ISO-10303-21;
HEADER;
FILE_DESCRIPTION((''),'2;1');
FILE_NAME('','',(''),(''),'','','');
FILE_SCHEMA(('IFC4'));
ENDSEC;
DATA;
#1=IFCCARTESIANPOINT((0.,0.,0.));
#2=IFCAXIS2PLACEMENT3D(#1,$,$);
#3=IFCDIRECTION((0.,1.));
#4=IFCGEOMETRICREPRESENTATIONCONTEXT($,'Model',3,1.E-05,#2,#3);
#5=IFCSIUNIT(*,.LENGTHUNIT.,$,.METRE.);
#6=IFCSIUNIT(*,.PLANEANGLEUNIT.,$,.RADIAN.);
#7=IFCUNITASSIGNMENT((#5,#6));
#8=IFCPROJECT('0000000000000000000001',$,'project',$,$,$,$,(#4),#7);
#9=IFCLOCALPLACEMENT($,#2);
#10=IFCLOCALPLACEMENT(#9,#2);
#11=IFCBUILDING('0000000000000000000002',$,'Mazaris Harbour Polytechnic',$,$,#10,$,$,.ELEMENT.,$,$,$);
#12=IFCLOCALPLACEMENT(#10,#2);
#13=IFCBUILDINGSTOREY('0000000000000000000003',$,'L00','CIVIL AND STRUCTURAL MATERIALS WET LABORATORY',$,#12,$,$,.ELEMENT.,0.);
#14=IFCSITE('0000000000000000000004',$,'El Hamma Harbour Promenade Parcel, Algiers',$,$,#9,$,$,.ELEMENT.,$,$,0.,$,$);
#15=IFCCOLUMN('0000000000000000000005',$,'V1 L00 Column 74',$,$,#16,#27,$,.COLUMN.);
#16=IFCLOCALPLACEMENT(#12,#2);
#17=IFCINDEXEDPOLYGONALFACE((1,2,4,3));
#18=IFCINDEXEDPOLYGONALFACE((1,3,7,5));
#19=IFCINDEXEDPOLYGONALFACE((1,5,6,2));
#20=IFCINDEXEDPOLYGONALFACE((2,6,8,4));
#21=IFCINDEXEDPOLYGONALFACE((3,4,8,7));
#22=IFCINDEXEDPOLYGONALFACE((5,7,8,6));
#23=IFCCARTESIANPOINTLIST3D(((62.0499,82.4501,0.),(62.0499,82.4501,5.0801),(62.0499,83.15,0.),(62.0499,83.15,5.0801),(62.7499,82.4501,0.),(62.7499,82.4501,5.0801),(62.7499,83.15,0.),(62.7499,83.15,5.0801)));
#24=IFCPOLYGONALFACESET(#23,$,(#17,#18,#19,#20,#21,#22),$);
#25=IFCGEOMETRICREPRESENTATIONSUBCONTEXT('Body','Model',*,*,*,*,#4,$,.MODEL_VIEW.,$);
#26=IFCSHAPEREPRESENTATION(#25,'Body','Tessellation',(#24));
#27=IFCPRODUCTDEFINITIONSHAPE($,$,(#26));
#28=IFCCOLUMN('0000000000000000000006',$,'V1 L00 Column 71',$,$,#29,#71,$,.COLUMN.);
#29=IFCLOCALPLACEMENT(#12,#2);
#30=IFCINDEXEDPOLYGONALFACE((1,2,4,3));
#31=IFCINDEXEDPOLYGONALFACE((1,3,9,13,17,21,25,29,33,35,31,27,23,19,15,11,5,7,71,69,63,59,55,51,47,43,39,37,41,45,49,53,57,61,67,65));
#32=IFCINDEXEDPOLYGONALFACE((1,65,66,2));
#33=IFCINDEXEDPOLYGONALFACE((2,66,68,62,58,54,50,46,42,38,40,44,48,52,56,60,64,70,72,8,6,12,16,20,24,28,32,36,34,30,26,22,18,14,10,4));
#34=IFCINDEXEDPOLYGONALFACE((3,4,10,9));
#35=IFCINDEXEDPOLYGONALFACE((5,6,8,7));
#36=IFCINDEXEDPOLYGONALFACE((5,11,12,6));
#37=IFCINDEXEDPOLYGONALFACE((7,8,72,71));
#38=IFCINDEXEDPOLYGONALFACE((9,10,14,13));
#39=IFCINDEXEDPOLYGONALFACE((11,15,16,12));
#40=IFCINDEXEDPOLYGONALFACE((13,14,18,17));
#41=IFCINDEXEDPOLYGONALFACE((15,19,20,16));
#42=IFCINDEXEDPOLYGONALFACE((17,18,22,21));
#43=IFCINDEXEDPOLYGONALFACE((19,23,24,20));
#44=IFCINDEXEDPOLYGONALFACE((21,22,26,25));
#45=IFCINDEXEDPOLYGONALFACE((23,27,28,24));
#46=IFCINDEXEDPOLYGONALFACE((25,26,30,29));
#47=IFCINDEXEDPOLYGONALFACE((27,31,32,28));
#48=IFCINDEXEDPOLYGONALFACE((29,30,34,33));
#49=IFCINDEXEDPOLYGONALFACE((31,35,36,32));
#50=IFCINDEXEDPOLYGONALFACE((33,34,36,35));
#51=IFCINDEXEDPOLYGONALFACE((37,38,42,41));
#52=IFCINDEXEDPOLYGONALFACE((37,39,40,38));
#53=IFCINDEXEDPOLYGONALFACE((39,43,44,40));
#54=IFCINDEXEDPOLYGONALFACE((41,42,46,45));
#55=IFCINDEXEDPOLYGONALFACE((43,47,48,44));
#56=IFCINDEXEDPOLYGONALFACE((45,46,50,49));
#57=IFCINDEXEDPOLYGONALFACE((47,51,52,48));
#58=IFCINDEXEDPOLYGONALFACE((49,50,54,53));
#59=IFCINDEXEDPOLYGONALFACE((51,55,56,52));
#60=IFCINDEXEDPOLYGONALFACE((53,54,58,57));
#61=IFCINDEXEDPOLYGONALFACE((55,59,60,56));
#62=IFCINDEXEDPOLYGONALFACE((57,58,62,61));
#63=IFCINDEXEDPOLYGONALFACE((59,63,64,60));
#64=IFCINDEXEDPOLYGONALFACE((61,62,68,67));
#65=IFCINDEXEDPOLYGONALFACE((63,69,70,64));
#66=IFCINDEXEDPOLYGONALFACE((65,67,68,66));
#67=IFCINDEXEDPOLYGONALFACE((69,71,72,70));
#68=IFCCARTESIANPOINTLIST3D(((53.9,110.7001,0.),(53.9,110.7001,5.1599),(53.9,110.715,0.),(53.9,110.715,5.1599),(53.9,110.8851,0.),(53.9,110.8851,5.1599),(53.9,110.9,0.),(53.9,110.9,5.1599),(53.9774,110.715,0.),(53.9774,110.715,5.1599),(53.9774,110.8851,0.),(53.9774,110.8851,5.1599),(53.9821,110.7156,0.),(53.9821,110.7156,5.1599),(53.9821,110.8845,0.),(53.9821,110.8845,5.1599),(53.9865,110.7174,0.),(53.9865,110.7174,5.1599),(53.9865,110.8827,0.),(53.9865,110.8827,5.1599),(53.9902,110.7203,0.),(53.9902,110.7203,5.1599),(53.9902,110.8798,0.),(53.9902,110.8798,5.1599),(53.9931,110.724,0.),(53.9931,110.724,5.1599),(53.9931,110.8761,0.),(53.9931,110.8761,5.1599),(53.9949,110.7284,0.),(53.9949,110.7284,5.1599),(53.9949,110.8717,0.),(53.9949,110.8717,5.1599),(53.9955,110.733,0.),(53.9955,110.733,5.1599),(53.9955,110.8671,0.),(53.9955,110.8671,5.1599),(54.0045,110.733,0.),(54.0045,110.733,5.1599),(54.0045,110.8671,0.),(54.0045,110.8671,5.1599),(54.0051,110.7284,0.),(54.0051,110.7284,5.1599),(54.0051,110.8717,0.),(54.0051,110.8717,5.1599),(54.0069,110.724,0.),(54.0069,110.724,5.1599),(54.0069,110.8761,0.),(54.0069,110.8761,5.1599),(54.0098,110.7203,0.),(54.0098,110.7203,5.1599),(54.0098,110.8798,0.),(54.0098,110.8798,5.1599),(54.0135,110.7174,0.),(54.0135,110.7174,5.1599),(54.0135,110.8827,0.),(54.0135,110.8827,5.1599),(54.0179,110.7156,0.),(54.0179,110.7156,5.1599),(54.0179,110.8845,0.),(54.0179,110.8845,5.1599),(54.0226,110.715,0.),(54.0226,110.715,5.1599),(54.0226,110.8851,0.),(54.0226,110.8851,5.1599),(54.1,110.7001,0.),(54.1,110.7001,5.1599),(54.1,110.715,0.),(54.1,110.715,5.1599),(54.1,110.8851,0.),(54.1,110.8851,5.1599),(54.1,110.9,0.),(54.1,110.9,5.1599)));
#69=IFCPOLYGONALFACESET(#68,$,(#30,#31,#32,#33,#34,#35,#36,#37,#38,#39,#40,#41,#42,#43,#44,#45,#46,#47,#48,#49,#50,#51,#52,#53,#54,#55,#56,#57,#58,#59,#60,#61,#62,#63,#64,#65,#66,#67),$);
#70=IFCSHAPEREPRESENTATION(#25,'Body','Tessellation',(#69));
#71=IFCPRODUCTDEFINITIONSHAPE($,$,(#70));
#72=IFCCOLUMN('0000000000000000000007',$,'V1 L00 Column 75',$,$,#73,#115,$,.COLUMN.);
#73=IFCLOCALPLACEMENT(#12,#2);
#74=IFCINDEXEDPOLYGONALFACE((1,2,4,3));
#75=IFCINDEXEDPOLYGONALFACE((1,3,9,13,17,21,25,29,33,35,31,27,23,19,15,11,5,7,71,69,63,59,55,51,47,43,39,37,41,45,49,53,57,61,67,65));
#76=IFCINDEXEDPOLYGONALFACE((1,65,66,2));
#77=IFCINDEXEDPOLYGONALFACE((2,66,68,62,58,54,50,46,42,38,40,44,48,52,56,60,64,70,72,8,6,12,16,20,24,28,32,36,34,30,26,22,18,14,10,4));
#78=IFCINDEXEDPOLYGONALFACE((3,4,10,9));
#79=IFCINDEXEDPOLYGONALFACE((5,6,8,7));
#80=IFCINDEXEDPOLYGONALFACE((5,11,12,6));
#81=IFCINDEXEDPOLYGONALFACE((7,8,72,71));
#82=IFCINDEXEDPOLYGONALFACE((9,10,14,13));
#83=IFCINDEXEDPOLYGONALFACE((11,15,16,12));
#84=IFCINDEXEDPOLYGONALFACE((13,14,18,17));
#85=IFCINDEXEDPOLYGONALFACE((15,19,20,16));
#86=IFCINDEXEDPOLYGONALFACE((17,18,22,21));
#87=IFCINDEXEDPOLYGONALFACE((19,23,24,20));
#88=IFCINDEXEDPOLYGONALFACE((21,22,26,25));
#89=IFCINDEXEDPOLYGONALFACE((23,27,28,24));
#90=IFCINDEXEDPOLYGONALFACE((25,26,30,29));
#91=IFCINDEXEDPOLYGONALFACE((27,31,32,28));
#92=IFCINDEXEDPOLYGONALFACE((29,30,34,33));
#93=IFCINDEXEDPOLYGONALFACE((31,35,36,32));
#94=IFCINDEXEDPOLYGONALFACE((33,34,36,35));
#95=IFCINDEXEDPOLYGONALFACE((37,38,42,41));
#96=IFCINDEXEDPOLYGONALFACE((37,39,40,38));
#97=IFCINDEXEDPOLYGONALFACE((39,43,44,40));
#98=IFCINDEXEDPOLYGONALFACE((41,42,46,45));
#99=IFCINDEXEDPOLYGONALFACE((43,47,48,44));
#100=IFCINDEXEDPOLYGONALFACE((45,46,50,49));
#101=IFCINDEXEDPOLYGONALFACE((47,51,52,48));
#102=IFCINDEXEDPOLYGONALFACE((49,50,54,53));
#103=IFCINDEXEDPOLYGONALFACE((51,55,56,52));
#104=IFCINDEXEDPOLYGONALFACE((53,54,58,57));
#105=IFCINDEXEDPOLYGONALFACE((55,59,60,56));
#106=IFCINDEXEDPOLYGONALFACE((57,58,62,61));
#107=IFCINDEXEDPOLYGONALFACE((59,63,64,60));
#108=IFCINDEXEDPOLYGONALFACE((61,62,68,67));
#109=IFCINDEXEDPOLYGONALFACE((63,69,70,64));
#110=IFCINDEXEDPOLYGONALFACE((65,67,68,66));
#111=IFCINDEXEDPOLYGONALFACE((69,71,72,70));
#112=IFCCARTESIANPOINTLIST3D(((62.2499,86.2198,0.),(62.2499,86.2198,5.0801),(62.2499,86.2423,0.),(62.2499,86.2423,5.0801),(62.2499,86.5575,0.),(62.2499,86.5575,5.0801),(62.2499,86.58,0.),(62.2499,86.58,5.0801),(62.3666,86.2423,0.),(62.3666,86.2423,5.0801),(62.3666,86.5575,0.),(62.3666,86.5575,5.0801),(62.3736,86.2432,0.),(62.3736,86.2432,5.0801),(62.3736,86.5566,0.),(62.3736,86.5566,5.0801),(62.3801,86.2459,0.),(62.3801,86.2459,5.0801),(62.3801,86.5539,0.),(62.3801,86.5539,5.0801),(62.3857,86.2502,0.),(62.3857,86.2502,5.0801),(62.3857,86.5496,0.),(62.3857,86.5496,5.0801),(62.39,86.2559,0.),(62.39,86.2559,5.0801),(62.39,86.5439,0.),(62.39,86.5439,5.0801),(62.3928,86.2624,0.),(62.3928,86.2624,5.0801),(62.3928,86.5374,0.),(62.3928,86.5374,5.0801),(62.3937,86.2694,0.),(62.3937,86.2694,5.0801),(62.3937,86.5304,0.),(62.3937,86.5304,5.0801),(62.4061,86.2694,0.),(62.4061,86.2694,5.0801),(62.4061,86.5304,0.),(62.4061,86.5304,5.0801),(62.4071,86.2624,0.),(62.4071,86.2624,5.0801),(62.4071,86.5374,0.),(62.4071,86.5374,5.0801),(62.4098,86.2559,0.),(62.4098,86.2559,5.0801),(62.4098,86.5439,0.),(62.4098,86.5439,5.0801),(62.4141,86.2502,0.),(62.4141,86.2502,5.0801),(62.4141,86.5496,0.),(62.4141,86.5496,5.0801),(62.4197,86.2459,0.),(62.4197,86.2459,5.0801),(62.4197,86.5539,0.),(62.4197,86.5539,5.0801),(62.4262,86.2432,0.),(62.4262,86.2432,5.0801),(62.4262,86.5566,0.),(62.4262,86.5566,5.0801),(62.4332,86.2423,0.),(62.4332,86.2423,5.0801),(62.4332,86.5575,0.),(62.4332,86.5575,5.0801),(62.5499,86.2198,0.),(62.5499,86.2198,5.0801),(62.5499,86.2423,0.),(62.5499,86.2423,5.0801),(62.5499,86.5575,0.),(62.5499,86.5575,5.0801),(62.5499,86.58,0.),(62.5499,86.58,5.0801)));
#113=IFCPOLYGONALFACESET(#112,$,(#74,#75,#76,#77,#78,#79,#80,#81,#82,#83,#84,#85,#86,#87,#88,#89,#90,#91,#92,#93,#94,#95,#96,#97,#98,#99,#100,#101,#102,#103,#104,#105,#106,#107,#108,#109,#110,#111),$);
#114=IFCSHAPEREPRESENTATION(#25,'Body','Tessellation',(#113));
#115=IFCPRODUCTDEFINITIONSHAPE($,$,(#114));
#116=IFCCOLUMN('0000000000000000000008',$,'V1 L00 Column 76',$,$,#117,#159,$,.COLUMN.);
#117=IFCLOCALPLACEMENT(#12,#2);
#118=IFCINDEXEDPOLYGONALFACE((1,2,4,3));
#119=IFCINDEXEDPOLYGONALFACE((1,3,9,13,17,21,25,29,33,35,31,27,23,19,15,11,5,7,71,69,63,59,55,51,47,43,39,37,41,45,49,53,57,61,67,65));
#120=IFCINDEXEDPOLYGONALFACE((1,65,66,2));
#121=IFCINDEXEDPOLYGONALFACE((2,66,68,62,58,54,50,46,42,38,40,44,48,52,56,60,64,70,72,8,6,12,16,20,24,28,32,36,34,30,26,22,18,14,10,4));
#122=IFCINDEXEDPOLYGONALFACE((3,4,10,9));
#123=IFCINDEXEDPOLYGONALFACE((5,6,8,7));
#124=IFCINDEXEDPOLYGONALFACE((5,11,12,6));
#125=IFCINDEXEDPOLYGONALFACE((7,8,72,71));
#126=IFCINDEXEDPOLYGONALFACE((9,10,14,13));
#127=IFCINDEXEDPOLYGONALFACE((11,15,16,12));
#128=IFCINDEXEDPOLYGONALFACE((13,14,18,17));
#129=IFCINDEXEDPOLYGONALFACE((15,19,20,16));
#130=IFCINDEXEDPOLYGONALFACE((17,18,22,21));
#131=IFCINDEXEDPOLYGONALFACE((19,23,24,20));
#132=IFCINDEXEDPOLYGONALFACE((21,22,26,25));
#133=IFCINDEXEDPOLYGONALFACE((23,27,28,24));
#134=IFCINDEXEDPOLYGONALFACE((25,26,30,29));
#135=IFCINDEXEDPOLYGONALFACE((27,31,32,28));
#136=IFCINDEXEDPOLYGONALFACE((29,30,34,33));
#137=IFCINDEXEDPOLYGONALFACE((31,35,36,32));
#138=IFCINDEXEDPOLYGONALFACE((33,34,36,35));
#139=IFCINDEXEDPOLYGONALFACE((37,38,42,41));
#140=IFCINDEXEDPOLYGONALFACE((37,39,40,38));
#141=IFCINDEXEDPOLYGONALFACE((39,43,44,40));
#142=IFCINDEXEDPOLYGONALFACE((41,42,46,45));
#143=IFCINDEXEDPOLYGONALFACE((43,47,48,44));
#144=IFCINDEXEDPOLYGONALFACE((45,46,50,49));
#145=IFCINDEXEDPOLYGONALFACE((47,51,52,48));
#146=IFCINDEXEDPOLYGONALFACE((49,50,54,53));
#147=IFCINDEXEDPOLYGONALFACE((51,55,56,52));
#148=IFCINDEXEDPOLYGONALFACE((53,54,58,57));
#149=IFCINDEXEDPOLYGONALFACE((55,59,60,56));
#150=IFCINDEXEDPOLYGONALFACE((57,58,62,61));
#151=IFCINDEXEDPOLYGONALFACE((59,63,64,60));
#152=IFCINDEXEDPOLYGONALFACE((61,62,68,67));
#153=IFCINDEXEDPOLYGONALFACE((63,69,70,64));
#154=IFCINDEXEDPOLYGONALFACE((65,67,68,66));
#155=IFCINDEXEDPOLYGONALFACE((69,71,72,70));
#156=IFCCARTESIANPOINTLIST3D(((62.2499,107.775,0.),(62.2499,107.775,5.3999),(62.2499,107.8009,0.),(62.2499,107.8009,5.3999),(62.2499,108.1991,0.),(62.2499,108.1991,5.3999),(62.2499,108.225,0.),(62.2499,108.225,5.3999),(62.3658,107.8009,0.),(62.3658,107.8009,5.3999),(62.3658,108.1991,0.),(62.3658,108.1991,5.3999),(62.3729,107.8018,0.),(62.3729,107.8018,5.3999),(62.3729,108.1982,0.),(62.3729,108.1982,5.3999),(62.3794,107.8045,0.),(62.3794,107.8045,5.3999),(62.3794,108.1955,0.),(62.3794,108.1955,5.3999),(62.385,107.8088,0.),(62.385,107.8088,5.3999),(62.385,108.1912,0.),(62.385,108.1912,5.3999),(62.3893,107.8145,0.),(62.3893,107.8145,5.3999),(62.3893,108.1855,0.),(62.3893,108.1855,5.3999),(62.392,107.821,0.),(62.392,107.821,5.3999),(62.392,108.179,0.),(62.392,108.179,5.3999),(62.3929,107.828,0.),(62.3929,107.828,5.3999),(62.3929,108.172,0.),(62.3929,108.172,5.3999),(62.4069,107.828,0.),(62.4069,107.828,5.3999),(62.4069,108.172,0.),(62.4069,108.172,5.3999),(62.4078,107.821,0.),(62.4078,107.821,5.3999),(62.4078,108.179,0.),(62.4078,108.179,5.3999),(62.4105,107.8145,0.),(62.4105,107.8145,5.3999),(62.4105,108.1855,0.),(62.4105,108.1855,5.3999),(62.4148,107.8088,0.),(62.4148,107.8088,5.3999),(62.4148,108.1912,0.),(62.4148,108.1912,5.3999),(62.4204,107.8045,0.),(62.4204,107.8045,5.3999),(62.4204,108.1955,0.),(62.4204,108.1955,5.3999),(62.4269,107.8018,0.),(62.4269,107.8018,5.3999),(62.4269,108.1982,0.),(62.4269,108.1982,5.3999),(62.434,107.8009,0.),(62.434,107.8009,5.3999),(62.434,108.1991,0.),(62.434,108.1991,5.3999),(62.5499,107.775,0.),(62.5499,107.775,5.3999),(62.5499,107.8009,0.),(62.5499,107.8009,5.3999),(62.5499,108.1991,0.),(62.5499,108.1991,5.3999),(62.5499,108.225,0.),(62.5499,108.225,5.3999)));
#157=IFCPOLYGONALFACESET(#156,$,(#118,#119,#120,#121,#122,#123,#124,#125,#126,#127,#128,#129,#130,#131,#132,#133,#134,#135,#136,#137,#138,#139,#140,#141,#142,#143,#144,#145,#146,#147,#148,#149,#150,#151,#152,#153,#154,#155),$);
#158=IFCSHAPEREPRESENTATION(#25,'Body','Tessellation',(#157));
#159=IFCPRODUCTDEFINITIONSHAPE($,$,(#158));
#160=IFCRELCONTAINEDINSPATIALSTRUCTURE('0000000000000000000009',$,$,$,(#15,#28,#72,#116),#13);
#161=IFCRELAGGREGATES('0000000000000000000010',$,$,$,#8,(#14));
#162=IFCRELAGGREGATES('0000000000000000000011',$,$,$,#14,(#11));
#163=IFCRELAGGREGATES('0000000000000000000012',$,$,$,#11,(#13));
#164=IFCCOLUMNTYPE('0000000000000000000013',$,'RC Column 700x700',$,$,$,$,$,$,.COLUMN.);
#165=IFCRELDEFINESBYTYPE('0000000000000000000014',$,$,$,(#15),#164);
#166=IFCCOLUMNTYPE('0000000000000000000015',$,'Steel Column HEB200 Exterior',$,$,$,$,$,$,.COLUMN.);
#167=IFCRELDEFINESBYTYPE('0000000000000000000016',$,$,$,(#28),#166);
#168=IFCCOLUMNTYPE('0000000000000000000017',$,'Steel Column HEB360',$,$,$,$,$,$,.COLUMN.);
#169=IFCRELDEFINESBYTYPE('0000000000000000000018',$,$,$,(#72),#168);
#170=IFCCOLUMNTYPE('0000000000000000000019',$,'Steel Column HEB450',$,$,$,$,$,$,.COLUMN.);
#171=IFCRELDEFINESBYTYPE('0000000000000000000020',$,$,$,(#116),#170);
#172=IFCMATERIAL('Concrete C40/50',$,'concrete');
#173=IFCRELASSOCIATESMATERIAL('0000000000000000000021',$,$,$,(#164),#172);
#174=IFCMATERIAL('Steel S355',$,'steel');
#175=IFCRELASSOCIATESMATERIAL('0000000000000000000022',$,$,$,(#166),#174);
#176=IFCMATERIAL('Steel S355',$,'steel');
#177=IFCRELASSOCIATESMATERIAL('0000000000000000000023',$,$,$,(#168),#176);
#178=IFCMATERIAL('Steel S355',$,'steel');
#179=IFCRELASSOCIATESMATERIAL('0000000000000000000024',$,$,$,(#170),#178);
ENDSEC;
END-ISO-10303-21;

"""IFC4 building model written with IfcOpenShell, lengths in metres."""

from ifc_helpers import new_model, si_unit, direction, frame, origin, origin_2d, place, context, subcontext, project, spatial, rectangle, i_section, extrude, material, material_profile, profile_set, type_object, element, save


model = new_model("IFC4")

# Units and contexts
model_context = context("Model", 3, precision=1e-05, world=origin(), true_north=direction((0.0, 1.0)))
body_context = subcontext(model_context, "Body", "Model", "MODEL_VIEW")
ifc_project = project(units=[si_unit("LENGTHUNIT", "METRE"), si_unit("PLANEANGLEUNIT", "RADIAN")], contexts=[model_context])

# Site, building, storey
site_placement = place(None, origin())
site = spatial("IfcSite", under=ifc_project, at=site_placement, Name="El Hamma Harbour Promenade Parcel, Algiers", CompositionType="ELEMENT", RefElevation=0.0)
building_placement = place(site_placement, origin())
building = spatial("IfcBuilding", under=site, at=building_placement, Name="Mazaris Harbour Polytechnic", CompositionType="ELEMENT")
storey_placement = place(building_placement, origin())
storey = spatial("IfcBuildingStorey", under=building, at=storey_placement, Name="L00", Description="CIVIL AND STRUCTURAL MATERIALS WET LABORATORY", CompositionType="ELEMENT", Elevation=0.0)

# Columns
ifc_material_1 = material(Name="Concrete C40/50", Category="concrete")
ifc_material_profile_1 = material_profile(ifc_material_1, rectangle(XDim=0.7, YDim=0.7, at=origin_2d()), Name="RECT700x700")
ifc_profile_set_1 = profile_set([ifc_material_profile_1], Name="Concrete C40/50")
column_type_1 = type_object("IfcColumnType", Name="RC Column 700x700", PredefinedType="COLUMN", material=ifc_profile_set_1)
column_1_placement = place(storey_placement, frame((62.3999, 82.8, 0.0), z_axis=(0.0, 0.0, 1.0), x_axis=(1.0, 0.0, 0.0)))
element("IfcColumn", 1, at=column_1_placement, inside=storey, type_object=column_type_1, Name="V1 L00 Column 74", PredefinedType="COLUMN", context=body_context, shape_type="SweptSolid", body=[
    extrude(rectangle(XDim=0.7, YDim=0.7, at=origin_2d()), origin(), (0.0, 0.0, 1.0), 5.0801),
])
ifc_material_2 = material(Name="Steel S355", Category="steel")
ifc_material_profile_2 = material_profile(ifc_material_2, i_section(OverallWidth=0.2, OverallDepth=0.2, WebThickness=0.009, FlangeThickness=0.0149, FilletRadius=0.0181, at=origin_2d()), Name="HEB 200")
ifc_profile_set_2 = profile_set([ifc_material_profile_2], Name="Steel S355")
column_type_2 = type_object("IfcColumnType", Name="Steel Column HEB200 Exterior", PredefinedType="COLUMN", material=ifc_profile_set_2)
column_2_placement = place(storey_placement, frame((54.0, 110.8, 0.0), z_axis=(0.0, 0.0, 1.0), x_axis=(1.0, 0.0, 0.0)))
element("IfcColumn", 2, at=column_2_placement, inside=storey, type_object=column_type_2, Name="V1 L00 Column 71", PredefinedType="COLUMN", context=body_context, shape_type="SweptSolid", body=[
    extrude(i_section(OverallWidth=0.2, OverallDepth=0.2, WebThickness=0.009, FlangeThickness=0.0149, FilletRadius=0.0181, at=origin_2d()), origin(), (0.0, 0.0, 1.0), 5.1599),
])
ifc_material_3 = material(Name="Steel S355", Category="steel")
ifc_material_profile_3 = material_profile(ifc_material_3, i_section(OverallWidth=0.3, OverallDepth=0.3601, WebThickness=0.0125, FlangeThickness=0.0225, FilletRadius=0.0271, at=origin_2d()), Name="HEB 360")
ifc_profile_set_3 = profile_set([ifc_material_profile_3], Name="Steel S355")
column_type_3 = type_object("IfcColumnType", Name="Steel Column HEB360", PredefinedType="COLUMN", material=ifc_profile_set_3)
column_3_placement = place(storey_placement, frame((62.3999, 86.3999, 0.0), z_axis=(0.0, 0.0, 1.0), x_axis=(1.0, 0.0, 0.0)))
element("IfcColumn", 3, at=column_3_placement, inside=storey, type_object=column_type_3, Name="V1 L00 Column 75", PredefinedType="COLUMN", context=body_context, shape_type="SweptSolid", body=[
    extrude(i_section(OverallWidth=0.3, OverallDepth=0.3601, WebThickness=0.0125, FlangeThickness=0.0225, FilletRadius=0.0271, at=origin_2d()), origin(), (0.0, 0.0, 1.0), 5.0801),
])
ifc_material_4 = material(Name="Steel S355", Category="steel")
ifc_material_profile_4 = material_profile(ifc_material_4, i_section(OverallWidth=0.3, OverallDepth=0.45, WebThickness=0.0139, FlangeThickness=0.0259, FilletRadius=0.0271, at=origin_2d()), Name="HEB 450")
ifc_profile_set_4 = profile_set([ifc_material_profile_4], Name="Steel S355")
column_type_4 = type_object("IfcColumnType", Name="Steel Column HEB450", PredefinedType="COLUMN", material=ifc_profile_set_4)
column_4_placement = place(storey_placement, frame((62.3999, 108.0, 0.0), z_axis=(0.0, 0.0, 1.0), x_axis=(1.0, 0.0, 0.0)))
element("IfcColumn", 4, at=column_4_placement, inside=storey, type_object=column_type_4, Name="V1 L00 Column 76", PredefinedType="COLUMN", context=body_context, shape_type="SweptSolid", body=[
    extrude(i_section(OverallWidth=0.3, OverallDepth=0.45, WebThickness=0.0139, FlangeThickness=0.0259, FilletRadius=0.0271, at=origin_2d()), origin(), (0.0, 0.0, 1.0), 5.3999),
])

save(model, "model.ifc")
